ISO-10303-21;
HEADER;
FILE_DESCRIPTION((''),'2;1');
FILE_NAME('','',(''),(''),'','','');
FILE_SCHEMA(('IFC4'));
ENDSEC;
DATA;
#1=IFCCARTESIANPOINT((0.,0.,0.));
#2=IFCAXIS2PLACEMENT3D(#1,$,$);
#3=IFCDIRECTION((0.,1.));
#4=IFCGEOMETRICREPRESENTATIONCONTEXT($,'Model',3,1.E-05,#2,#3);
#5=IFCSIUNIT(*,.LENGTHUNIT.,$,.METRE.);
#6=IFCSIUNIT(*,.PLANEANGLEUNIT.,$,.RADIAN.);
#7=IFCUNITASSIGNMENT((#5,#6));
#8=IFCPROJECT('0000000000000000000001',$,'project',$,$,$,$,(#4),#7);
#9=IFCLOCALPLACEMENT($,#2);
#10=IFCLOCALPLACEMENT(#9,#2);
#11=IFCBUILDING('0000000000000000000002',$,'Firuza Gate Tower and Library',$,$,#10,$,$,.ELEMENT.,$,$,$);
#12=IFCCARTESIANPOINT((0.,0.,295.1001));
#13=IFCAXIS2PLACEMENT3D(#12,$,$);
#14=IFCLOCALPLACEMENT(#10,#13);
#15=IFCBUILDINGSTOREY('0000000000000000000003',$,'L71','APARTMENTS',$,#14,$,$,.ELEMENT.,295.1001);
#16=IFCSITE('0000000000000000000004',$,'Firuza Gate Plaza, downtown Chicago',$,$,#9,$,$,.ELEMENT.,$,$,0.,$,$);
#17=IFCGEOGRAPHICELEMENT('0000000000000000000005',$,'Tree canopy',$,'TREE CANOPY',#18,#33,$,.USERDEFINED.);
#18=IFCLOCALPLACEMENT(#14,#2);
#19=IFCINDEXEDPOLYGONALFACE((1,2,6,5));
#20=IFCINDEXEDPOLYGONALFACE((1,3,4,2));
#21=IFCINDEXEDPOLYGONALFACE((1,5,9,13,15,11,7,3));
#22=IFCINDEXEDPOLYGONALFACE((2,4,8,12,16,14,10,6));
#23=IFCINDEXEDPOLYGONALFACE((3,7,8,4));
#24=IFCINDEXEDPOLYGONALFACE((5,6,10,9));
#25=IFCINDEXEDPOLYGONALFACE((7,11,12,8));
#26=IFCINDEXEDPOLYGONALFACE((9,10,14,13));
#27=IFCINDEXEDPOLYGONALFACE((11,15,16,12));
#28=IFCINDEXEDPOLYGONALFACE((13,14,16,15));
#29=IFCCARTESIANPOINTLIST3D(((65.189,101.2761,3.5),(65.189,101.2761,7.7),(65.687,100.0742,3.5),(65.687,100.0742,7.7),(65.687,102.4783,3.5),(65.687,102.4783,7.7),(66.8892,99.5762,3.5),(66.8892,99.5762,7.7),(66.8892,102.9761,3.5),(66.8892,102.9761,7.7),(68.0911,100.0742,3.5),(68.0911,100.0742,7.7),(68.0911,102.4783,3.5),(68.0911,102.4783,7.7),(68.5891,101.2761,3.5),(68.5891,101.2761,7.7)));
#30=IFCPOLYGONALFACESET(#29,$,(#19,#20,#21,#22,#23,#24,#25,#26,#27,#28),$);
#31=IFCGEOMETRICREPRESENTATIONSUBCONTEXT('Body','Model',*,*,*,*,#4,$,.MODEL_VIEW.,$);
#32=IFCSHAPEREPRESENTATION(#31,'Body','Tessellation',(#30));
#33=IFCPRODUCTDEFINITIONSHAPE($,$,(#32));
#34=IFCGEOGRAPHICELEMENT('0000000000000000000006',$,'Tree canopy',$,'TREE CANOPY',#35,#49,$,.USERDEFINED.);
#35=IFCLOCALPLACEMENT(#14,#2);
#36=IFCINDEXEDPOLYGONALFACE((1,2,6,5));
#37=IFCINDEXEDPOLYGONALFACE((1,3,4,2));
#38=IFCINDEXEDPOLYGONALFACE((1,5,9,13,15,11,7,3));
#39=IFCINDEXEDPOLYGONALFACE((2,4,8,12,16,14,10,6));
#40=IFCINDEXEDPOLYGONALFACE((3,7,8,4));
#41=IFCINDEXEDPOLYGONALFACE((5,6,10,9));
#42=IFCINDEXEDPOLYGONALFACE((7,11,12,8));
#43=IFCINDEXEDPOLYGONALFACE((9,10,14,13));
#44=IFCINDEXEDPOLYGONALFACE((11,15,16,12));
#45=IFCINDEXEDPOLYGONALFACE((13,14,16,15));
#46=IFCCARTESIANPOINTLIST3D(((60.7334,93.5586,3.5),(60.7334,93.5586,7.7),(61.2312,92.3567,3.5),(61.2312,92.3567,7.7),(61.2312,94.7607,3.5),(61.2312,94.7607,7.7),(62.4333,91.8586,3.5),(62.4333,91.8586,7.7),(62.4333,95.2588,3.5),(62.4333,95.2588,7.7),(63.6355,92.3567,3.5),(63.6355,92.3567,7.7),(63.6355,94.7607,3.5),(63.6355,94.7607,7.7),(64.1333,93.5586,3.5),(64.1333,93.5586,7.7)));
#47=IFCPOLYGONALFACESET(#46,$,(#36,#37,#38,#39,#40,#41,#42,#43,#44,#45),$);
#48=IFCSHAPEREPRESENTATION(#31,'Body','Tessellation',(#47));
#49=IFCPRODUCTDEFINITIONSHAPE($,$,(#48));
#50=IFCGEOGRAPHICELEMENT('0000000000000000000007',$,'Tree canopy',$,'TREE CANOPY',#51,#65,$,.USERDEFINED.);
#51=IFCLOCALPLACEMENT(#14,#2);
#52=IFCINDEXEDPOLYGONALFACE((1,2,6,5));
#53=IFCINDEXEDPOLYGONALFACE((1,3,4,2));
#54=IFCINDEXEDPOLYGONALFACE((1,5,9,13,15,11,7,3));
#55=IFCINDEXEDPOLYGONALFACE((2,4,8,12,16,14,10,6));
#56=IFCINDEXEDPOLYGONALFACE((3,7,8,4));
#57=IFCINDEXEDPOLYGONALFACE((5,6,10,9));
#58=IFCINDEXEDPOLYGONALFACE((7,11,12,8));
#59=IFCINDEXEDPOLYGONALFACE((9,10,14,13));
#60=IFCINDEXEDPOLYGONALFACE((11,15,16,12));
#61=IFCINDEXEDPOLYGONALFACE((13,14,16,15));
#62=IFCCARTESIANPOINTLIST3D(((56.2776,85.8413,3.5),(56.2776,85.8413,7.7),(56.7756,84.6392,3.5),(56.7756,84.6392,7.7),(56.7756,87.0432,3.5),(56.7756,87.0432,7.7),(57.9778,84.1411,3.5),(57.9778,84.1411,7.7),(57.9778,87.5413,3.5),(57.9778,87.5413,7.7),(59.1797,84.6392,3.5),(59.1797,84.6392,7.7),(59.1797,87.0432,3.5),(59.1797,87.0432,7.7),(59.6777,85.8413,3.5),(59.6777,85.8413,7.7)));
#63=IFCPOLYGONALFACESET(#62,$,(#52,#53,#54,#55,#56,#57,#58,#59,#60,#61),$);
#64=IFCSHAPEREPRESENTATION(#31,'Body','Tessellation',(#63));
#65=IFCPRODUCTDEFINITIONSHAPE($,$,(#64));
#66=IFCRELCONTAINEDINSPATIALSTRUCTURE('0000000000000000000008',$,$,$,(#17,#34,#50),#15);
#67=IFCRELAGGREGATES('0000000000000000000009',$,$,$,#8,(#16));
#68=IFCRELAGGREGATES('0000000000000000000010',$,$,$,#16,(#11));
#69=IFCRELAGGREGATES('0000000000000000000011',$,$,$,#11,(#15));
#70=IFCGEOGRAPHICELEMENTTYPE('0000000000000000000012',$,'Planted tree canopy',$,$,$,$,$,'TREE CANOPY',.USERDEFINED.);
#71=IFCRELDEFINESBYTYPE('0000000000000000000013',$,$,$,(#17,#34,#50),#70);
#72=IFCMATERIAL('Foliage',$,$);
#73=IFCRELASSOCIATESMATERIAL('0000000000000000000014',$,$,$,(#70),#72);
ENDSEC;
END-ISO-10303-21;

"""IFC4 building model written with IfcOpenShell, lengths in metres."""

from ifc_helpers import new_model, si_unit, direction, frame, origin, place, context, subcontext, project, spatial, polyline, outline, extrude, material, type_object, element, save


model = new_model("IFC4")

# Units and contexts
model_context = context("Model", 3, precision=1e-05, world=origin(), true_north=direction((0.0, 1.0)))
body_context = subcontext(model_context, "Body", "Model", "MODEL_VIEW")
ifc_project = project(units=[si_unit("LENGTHUNIT", "METRE"), si_unit("PLANEANGLEUNIT", "RADIAN")], contexts=[model_context])

# Site, building, storey
site_placement = place(None, origin())
site = spatial("IfcSite", under=ifc_project, at=site_placement, Name="Firuza Gate Plaza, downtown Chicago", CompositionType="ELEMENT", RefElevation=0.0)
building_placement = place(site_placement, origin())
building = spatial("IfcBuilding", under=site, at=building_placement, Name="Firuza Gate Tower and Library", CompositionType="ELEMENT")
storey_placement = place(building_placement, frame((0.0, 0.0, 295.1001)))
storey = spatial("IfcBuildingStorey", under=building, at=storey_placement, Name="L71", Description="APARTMENTS", CompositionType="ELEMENT", Elevation=295.1001)

# Shared definitions
placement_1 = place(storey_placement, frame((0.0, 0.0, 3.5)))

# Geographic elements
ifc_material_1 = material(Name="Foliage")
geographic_element_type = type_object("IfcGeographicElementType", Name="Planted tree canopy", ElementType="TREE CANOPY", PredefinedType="USERDEFINED", material=ifc_material_1)
element("IfcGeographicElement", 1, at=placement_1, inside=storey, type_object=geographic_element_type, Name="Tree canopy", ObjectType="TREE CANOPY", PredefinedType="USERDEFINED", context=body_context, shape_type="SweptSolid", body=[
    extrude(outline(polyline([(68.5891, 101.2761), (68.0911, 102.4783), (66.8892, 102.9761), (65.687, 102.4783), (65.189, 101.2761), (65.687, 100.0742), (66.8892, 99.5762), (68.0911, 100.0742), (68.5891, 101.2761)])), origin(), (0.0, 0.0, 1.0), 4.2),
])
element("IfcGeographicElement", 2, at=placement_1, inside=storey, type_object=geographic_element_type, Name="Tree canopy", ObjectType="TREE CANOPY", PredefinedType="USERDEFINED", context=body_context, shape_type="SweptSolid", body=[
    extrude(outline(polyline([(64.1333, 93.5586), (63.6355, 94.7607), (62.4333, 95.2588), (61.2312, 94.7607), (60.7334, 93.5586), (61.2312, 92.3567), (62.4333, 91.8586), (63.6355, 92.3567), (64.1333, 93.5586)])), origin(), (0.0, 0.0, 1.0), 4.2),
])
element("IfcGeographicElement", 3, at=placement_1, inside=storey, type_object=geographic_element_type, Name="Tree canopy", ObjectType="TREE CANOPY", PredefinedType="USERDEFINED", context=body_context, shape_type="SweptSolid", body=[
    extrude(outline(polyline([(59.6777, 85.8413), (59.1797, 87.0432), (57.9778, 87.5413), (56.7756, 87.0432), (56.2776, 85.8413), (56.7756, 84.6392), (57.9778, 84.1411), (59.1797, 84.6392), (59.6777, 85.8413)])), origin(), (0.0, 0.0, 1.0), 4.2),
])

save(model, "model.ifc")
